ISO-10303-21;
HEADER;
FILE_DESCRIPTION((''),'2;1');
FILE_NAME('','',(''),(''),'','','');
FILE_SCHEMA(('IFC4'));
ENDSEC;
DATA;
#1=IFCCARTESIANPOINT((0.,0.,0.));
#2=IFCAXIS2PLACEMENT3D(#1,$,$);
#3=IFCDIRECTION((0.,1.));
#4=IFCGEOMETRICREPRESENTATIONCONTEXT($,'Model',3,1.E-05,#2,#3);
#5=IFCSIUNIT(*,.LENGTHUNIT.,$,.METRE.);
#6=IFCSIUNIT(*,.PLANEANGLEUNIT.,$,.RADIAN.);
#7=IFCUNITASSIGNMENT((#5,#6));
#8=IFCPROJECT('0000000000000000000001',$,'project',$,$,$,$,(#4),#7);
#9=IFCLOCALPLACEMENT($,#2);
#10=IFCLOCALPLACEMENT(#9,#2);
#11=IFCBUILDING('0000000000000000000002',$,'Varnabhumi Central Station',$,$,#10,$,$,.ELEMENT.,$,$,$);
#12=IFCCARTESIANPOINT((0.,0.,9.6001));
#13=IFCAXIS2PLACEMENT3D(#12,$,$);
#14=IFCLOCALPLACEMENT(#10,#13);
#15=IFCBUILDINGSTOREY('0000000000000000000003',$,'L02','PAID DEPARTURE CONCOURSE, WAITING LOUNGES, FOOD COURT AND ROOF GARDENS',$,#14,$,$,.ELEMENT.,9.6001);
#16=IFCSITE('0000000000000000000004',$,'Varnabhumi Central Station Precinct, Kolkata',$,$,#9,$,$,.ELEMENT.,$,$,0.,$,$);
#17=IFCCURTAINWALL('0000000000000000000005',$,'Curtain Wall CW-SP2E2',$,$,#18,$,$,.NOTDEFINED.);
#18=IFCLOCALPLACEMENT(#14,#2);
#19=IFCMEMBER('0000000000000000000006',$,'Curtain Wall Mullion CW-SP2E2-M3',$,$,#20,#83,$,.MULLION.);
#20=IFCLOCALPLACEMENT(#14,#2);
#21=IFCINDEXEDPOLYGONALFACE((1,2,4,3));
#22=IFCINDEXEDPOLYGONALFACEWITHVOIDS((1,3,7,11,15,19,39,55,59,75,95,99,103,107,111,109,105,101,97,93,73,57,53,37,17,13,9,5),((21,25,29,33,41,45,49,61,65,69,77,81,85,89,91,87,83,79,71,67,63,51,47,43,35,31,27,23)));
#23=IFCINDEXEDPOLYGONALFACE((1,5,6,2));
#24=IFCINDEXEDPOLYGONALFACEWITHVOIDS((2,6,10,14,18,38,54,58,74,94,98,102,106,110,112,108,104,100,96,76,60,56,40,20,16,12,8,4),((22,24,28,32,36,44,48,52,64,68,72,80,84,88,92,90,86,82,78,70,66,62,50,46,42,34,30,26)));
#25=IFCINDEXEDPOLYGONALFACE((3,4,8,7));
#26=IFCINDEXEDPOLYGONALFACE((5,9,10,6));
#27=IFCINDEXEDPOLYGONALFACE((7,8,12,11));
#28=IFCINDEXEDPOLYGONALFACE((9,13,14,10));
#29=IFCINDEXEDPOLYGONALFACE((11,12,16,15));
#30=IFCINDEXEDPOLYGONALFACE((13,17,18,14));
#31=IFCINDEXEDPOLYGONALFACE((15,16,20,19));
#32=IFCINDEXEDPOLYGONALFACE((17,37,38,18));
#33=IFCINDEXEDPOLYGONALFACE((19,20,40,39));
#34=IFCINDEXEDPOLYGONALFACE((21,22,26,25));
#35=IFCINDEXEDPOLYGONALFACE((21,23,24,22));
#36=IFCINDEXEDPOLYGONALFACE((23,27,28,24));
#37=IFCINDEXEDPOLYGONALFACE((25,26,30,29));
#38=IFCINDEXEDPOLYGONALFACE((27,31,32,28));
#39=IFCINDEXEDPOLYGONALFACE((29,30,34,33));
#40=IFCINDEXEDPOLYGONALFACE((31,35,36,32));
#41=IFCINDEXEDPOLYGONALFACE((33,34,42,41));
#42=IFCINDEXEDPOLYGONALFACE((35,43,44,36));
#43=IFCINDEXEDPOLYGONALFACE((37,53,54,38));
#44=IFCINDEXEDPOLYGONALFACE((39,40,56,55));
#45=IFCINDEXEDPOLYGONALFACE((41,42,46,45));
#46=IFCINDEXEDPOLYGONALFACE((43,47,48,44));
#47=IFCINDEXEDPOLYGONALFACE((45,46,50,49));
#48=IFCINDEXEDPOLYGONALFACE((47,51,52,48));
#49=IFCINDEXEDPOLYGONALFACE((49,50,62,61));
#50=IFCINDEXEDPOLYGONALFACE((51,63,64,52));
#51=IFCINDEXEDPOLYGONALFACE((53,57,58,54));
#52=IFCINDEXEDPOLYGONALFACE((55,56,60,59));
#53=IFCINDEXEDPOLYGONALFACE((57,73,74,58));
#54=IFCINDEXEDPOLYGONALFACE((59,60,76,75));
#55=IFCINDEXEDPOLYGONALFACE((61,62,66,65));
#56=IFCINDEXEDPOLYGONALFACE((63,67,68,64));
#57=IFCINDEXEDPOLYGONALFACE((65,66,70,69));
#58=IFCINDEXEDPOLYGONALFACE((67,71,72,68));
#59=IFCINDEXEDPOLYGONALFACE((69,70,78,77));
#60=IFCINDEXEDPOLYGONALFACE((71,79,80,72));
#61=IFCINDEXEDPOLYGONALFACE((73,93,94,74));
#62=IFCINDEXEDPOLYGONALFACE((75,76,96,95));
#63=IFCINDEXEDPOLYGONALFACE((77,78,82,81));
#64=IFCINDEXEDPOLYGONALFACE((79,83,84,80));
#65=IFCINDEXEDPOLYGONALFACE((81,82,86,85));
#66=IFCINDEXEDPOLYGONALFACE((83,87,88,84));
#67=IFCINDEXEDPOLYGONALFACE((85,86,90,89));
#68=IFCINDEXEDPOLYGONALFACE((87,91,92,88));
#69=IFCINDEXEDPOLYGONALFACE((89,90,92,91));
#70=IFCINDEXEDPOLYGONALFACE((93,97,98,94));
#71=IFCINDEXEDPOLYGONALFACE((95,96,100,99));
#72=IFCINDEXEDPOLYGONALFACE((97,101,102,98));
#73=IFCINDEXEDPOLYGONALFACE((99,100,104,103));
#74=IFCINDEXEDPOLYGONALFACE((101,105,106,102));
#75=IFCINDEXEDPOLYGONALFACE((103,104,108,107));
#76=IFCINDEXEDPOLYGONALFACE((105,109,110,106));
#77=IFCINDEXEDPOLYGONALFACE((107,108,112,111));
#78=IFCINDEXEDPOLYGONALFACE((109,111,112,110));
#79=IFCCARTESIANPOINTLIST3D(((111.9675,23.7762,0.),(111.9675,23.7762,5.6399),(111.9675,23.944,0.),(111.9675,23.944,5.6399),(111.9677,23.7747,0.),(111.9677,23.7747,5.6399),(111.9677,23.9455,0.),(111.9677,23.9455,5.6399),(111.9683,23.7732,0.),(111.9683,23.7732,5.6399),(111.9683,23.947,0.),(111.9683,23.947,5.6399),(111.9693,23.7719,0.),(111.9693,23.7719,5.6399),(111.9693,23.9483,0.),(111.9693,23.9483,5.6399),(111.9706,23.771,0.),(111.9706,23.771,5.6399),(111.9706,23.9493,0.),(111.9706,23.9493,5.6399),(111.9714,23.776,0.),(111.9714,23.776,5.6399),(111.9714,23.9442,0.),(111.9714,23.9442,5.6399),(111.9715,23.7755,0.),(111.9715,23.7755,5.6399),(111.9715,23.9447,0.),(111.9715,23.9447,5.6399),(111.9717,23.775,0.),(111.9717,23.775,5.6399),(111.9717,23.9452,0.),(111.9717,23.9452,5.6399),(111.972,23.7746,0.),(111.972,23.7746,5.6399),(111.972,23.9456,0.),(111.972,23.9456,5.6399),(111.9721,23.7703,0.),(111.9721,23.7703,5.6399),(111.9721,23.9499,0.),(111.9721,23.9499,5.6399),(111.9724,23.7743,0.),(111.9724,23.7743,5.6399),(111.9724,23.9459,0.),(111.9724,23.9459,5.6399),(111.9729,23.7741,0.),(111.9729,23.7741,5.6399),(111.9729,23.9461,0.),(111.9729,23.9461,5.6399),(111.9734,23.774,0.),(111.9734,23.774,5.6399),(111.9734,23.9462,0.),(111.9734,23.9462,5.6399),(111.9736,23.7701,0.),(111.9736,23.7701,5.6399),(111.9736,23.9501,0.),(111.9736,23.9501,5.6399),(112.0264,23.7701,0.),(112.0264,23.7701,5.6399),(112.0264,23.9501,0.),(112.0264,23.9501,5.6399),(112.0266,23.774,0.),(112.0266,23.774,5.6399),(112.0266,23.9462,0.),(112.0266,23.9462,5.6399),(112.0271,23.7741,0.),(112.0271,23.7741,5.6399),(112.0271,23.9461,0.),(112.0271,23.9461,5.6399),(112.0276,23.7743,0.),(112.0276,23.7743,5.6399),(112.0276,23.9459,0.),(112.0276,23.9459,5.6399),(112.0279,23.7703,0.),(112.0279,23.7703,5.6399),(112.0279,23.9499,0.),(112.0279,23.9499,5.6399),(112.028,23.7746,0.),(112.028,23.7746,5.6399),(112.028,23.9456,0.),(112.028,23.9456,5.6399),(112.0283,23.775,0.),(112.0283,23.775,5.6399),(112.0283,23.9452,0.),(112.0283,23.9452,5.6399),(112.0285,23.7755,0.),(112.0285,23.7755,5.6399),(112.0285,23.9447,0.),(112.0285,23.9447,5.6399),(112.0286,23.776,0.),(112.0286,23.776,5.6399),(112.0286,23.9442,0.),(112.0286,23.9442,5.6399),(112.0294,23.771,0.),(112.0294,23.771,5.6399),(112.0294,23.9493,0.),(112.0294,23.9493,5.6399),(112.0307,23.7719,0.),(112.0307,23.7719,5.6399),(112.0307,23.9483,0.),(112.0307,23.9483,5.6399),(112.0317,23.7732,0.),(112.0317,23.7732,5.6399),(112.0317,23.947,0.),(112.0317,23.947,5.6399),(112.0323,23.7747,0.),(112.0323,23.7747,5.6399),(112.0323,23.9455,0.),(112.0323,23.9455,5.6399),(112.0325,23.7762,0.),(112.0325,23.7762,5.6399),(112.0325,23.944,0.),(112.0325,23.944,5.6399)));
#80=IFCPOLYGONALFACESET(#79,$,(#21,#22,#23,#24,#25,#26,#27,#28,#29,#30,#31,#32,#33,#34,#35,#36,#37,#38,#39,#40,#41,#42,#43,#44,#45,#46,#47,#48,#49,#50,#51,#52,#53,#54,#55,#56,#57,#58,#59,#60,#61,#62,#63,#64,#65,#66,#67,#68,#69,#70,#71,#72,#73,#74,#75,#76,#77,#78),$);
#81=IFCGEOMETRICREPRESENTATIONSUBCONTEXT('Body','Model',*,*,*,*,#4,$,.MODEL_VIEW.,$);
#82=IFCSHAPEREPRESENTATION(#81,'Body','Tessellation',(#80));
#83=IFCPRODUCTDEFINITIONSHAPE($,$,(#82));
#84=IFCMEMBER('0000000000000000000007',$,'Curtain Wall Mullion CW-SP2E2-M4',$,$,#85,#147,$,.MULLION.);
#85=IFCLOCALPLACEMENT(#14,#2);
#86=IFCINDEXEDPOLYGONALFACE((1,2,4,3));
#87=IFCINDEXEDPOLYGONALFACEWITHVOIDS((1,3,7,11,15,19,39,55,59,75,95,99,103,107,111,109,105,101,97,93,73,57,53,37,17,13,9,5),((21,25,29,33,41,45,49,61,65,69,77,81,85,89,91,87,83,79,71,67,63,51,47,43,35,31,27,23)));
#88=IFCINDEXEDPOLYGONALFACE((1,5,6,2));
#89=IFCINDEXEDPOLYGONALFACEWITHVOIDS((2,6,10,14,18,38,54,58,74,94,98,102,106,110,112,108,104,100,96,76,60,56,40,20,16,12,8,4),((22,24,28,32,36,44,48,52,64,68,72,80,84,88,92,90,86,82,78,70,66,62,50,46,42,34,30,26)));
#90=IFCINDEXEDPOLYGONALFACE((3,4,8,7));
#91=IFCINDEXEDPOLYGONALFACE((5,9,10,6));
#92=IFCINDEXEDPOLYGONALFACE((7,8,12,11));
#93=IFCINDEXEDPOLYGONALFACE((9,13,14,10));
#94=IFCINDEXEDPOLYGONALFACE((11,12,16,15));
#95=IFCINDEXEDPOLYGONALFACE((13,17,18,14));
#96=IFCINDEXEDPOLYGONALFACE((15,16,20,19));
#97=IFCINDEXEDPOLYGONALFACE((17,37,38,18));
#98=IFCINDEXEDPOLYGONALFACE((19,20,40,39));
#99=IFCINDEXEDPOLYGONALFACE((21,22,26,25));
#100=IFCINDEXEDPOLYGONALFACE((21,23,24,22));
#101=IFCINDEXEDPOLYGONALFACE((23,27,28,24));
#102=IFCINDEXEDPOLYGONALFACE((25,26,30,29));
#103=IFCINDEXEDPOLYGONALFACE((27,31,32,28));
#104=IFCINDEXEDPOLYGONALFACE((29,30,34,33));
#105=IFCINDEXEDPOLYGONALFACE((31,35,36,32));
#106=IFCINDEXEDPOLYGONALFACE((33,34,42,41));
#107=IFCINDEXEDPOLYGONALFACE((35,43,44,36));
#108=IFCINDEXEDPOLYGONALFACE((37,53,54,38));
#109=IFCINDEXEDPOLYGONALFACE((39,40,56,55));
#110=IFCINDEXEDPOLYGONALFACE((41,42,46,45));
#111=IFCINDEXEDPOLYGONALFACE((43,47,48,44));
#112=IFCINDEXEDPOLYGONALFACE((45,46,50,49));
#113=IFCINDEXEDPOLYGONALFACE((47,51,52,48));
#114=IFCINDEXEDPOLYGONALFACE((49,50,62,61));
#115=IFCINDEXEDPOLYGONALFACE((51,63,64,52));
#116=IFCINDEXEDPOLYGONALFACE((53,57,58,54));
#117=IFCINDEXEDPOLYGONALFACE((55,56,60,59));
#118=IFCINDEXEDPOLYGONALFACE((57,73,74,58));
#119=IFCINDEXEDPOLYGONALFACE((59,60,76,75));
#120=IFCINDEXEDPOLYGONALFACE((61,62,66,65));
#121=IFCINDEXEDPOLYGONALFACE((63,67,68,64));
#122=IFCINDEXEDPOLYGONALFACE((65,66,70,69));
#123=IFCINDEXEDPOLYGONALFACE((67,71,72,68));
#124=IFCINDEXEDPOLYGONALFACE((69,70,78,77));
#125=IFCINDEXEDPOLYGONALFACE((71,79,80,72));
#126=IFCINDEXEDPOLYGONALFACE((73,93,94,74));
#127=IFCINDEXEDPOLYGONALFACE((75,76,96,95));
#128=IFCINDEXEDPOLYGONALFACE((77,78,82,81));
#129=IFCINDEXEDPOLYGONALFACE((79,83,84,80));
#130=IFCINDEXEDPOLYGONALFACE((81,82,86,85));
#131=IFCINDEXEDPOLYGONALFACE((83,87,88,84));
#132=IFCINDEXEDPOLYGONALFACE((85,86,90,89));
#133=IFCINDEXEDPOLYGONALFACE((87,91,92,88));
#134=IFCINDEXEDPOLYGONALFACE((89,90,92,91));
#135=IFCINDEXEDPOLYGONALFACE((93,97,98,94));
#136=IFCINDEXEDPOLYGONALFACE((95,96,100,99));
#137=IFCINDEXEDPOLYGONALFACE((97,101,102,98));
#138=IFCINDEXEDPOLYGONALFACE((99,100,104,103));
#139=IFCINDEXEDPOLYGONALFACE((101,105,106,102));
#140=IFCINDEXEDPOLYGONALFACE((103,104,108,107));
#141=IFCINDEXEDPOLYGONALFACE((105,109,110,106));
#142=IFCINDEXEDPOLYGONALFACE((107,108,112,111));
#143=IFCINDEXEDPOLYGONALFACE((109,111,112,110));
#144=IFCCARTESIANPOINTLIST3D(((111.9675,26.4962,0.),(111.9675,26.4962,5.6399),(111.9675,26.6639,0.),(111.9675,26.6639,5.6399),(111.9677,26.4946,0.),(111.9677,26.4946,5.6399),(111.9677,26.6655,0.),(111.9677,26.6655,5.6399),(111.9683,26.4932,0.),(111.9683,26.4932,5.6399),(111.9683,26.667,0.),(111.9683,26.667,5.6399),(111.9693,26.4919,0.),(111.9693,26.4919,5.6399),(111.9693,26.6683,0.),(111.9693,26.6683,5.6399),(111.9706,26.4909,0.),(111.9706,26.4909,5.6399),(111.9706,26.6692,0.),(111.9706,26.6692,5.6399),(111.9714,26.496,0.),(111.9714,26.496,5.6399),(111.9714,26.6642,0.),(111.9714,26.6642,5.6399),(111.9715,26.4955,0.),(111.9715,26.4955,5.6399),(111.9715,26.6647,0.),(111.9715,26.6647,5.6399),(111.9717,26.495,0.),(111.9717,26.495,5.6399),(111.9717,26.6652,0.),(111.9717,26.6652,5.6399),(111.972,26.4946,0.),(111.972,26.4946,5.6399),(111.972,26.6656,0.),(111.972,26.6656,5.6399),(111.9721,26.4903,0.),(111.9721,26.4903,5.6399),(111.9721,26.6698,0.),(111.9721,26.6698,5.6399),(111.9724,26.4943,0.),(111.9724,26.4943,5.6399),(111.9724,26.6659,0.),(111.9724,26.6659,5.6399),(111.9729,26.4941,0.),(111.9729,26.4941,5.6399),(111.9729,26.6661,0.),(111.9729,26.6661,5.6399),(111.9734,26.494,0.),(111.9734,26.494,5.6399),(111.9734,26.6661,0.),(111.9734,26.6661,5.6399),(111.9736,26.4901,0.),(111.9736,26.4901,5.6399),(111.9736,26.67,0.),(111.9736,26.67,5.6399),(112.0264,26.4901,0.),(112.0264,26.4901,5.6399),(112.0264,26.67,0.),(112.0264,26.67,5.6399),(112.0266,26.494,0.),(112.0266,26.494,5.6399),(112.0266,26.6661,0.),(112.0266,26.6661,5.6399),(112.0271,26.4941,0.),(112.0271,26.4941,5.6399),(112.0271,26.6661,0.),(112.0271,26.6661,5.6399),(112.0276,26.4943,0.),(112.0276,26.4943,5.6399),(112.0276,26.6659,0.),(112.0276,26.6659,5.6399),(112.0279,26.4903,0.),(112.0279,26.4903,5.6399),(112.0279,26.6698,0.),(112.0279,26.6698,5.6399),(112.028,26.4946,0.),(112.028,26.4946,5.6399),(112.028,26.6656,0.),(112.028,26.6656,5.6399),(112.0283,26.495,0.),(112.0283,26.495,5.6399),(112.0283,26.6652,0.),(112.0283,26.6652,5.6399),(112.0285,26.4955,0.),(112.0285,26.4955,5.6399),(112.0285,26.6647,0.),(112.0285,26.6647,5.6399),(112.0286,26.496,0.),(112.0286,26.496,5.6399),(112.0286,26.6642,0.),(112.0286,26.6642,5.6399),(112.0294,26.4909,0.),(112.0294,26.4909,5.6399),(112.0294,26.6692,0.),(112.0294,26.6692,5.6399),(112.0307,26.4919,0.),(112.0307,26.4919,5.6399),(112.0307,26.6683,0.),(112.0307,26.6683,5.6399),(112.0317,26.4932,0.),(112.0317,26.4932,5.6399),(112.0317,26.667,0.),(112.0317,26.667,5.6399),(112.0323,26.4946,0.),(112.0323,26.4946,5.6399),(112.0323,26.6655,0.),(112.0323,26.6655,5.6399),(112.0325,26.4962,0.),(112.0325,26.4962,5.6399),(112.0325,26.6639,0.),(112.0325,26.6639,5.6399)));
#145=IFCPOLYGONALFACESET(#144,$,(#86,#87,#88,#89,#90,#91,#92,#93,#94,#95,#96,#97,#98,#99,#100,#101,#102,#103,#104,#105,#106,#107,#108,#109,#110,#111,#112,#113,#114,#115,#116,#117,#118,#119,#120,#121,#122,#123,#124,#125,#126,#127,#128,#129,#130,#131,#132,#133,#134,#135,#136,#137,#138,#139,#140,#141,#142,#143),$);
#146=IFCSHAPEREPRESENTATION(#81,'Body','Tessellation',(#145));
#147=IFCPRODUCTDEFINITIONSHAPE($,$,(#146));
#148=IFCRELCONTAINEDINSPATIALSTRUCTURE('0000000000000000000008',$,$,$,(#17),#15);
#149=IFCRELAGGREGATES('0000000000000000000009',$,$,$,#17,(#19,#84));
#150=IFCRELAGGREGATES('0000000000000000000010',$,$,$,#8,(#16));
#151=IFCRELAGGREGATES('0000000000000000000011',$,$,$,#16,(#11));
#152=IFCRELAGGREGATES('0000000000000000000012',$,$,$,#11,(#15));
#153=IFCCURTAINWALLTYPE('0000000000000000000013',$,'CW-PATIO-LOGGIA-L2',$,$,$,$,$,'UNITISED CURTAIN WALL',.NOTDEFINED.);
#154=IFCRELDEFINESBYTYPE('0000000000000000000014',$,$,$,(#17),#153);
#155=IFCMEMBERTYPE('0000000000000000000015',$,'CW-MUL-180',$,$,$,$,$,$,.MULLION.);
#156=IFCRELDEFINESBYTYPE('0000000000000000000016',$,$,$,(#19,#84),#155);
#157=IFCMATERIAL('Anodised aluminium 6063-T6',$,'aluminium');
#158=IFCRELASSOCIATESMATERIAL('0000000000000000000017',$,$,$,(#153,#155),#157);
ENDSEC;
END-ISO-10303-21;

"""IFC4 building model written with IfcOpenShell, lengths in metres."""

from ifc_helpers import new_model, si_unit, direction, frame, origin, origin_2d, place, context, subcontext, project, spatial, hollow_rectangle, extrude, material, material_profile, profile_set, type_object, element, aggregate, save


model = new_model("IFC4")

# Units and contexts
model_context = context("Model", 3, precision=1e-05, world=origin(), true_north=direction((0.0, 1.0)))
body_context = subcontext(model_context, "Body", "Model", "MODEL_VIEW")
ifc_project = project(units=[si_unit("LENGTHUNIT", "METRE"), si_unit("PLANEANGLEUNIT", "RADIAN")], contexts=[model_context])

# Site, building, storey
site_placement = place(None, origin())
site = spatial("IfcSite", under=ifc_project, at=site_placement, Name="Varnabhumi Central Station Precinct, Kolkata", CompositionType="ELEMENT", RefElevation=0.0)
building_placement = place(site_placement, origin())
building = spatial("IfcBuilding", under=site, at=building_placement, Name="Varnabhumi Central Station", CompositionType="ELEMENT")
storey_placement = place(building_placement, frame((0.0, 0.0, 9.6001)))
storey = spatial("IfcBuildingStorey", under=building, at=storey_placement, Name="L02", Description="PAID DEPARTURE CONCOURSE, WAITING LOUNGES, FOOD COURT AND ROOF GARDENS", CompositionType="ELEMENT", Elevation=9.6001)

# Curtain wall, members
ifc_material_1 = material(Name="Anodised aluminium 6063-T6", Category="aluminium")
curtain_wall_type = type_object("IfcCurtainWallType", Name="CW-PATIO-LOGGIA-L2", ElementType="UNITISED CURTAIN WALL", PredefinedType="NOTDEFINED", material=ifc_material_1)
curtain_wall_1_placement = place(storey_placement, origin())
curtain_wall_1 = element("IfcCurtainWall", 1, at=curtain_wall_1_placement, inside=storey, type_object=curtain_wall_type, Name="Curtain Wall CW-SP2E2", PredefinedType="NOTDEFINED")
ifc_material_profile_1 = material_profile(ifc_material_1, hollow_rectangle(XDim=0.0649, YDim=0.1799, WallThickness=0.0039, InnerFilletRadius=0.002, OuterFilletRadius=0.0061, at=origin_2d()), Name="Anodised aluminium 6063-T6", Category="aluminium")
ifc_profile_set_1 = profile_set([ifc_material_profile_1], Name="Anodised aluminium 6063-T6")
member_type_1 = type_object("IfcMemberType", Name="CW-MUL-180", PredefinedType="MULLION", material=ifc_profile_set_1)
member_1_placement = place(storey_placement, frame((112.0, 23.8601, 0.0), z_axis=(0.0, 0.0, 1.0), x_axis=(1.0, 0.0, 0.0)))
member_1 = element("IfcMember", 2, at=member_1_placement, type_object=member_type_1, Name="Curtain Wall Mullion CW-SP2E2-M3", PredefinedType="MULLION", context=body_context, shape_type="SweptSolid", body=[
    extrude(hollow_rectangle(XDim=0.0649, YDim=0.1799, WallThickness=0.0039, InnerFilletRadius=0.002, OuterFilletRadius=0.0061, at=origin_2d()), origin(), (0.0, 0.0, 1.0), 5.6399),
])
member_2_placement = place(storey_placement, frame((112.0, 26.5801, 0.0), z_axis=(0.0, 0.0, 1.0), x_axis=(1.0, 0.0, 0.0)))
member_2 = element("IfcMember", 3, at=member_2_placement, type_object=member_type_1, Name="Curtain Wall Mullion CW-SP2E2-M4", PredefinedType="MULLION", context=body_context, shape_type="SweptSolid", body=[
    extrude(hollow_rectangle(XDim=0.0649, YDim=0.1799, WallThickness=0.0039, InnerFilletRadius=0.002, OuterFilletRadius=0.0061, at=origin_2d()), origin(), (0.0, 0.0, 1.0), 5.6399),
])

aggregate(curtain_wall_1, [member_1, member_2])

save(model, "model.ifc")
